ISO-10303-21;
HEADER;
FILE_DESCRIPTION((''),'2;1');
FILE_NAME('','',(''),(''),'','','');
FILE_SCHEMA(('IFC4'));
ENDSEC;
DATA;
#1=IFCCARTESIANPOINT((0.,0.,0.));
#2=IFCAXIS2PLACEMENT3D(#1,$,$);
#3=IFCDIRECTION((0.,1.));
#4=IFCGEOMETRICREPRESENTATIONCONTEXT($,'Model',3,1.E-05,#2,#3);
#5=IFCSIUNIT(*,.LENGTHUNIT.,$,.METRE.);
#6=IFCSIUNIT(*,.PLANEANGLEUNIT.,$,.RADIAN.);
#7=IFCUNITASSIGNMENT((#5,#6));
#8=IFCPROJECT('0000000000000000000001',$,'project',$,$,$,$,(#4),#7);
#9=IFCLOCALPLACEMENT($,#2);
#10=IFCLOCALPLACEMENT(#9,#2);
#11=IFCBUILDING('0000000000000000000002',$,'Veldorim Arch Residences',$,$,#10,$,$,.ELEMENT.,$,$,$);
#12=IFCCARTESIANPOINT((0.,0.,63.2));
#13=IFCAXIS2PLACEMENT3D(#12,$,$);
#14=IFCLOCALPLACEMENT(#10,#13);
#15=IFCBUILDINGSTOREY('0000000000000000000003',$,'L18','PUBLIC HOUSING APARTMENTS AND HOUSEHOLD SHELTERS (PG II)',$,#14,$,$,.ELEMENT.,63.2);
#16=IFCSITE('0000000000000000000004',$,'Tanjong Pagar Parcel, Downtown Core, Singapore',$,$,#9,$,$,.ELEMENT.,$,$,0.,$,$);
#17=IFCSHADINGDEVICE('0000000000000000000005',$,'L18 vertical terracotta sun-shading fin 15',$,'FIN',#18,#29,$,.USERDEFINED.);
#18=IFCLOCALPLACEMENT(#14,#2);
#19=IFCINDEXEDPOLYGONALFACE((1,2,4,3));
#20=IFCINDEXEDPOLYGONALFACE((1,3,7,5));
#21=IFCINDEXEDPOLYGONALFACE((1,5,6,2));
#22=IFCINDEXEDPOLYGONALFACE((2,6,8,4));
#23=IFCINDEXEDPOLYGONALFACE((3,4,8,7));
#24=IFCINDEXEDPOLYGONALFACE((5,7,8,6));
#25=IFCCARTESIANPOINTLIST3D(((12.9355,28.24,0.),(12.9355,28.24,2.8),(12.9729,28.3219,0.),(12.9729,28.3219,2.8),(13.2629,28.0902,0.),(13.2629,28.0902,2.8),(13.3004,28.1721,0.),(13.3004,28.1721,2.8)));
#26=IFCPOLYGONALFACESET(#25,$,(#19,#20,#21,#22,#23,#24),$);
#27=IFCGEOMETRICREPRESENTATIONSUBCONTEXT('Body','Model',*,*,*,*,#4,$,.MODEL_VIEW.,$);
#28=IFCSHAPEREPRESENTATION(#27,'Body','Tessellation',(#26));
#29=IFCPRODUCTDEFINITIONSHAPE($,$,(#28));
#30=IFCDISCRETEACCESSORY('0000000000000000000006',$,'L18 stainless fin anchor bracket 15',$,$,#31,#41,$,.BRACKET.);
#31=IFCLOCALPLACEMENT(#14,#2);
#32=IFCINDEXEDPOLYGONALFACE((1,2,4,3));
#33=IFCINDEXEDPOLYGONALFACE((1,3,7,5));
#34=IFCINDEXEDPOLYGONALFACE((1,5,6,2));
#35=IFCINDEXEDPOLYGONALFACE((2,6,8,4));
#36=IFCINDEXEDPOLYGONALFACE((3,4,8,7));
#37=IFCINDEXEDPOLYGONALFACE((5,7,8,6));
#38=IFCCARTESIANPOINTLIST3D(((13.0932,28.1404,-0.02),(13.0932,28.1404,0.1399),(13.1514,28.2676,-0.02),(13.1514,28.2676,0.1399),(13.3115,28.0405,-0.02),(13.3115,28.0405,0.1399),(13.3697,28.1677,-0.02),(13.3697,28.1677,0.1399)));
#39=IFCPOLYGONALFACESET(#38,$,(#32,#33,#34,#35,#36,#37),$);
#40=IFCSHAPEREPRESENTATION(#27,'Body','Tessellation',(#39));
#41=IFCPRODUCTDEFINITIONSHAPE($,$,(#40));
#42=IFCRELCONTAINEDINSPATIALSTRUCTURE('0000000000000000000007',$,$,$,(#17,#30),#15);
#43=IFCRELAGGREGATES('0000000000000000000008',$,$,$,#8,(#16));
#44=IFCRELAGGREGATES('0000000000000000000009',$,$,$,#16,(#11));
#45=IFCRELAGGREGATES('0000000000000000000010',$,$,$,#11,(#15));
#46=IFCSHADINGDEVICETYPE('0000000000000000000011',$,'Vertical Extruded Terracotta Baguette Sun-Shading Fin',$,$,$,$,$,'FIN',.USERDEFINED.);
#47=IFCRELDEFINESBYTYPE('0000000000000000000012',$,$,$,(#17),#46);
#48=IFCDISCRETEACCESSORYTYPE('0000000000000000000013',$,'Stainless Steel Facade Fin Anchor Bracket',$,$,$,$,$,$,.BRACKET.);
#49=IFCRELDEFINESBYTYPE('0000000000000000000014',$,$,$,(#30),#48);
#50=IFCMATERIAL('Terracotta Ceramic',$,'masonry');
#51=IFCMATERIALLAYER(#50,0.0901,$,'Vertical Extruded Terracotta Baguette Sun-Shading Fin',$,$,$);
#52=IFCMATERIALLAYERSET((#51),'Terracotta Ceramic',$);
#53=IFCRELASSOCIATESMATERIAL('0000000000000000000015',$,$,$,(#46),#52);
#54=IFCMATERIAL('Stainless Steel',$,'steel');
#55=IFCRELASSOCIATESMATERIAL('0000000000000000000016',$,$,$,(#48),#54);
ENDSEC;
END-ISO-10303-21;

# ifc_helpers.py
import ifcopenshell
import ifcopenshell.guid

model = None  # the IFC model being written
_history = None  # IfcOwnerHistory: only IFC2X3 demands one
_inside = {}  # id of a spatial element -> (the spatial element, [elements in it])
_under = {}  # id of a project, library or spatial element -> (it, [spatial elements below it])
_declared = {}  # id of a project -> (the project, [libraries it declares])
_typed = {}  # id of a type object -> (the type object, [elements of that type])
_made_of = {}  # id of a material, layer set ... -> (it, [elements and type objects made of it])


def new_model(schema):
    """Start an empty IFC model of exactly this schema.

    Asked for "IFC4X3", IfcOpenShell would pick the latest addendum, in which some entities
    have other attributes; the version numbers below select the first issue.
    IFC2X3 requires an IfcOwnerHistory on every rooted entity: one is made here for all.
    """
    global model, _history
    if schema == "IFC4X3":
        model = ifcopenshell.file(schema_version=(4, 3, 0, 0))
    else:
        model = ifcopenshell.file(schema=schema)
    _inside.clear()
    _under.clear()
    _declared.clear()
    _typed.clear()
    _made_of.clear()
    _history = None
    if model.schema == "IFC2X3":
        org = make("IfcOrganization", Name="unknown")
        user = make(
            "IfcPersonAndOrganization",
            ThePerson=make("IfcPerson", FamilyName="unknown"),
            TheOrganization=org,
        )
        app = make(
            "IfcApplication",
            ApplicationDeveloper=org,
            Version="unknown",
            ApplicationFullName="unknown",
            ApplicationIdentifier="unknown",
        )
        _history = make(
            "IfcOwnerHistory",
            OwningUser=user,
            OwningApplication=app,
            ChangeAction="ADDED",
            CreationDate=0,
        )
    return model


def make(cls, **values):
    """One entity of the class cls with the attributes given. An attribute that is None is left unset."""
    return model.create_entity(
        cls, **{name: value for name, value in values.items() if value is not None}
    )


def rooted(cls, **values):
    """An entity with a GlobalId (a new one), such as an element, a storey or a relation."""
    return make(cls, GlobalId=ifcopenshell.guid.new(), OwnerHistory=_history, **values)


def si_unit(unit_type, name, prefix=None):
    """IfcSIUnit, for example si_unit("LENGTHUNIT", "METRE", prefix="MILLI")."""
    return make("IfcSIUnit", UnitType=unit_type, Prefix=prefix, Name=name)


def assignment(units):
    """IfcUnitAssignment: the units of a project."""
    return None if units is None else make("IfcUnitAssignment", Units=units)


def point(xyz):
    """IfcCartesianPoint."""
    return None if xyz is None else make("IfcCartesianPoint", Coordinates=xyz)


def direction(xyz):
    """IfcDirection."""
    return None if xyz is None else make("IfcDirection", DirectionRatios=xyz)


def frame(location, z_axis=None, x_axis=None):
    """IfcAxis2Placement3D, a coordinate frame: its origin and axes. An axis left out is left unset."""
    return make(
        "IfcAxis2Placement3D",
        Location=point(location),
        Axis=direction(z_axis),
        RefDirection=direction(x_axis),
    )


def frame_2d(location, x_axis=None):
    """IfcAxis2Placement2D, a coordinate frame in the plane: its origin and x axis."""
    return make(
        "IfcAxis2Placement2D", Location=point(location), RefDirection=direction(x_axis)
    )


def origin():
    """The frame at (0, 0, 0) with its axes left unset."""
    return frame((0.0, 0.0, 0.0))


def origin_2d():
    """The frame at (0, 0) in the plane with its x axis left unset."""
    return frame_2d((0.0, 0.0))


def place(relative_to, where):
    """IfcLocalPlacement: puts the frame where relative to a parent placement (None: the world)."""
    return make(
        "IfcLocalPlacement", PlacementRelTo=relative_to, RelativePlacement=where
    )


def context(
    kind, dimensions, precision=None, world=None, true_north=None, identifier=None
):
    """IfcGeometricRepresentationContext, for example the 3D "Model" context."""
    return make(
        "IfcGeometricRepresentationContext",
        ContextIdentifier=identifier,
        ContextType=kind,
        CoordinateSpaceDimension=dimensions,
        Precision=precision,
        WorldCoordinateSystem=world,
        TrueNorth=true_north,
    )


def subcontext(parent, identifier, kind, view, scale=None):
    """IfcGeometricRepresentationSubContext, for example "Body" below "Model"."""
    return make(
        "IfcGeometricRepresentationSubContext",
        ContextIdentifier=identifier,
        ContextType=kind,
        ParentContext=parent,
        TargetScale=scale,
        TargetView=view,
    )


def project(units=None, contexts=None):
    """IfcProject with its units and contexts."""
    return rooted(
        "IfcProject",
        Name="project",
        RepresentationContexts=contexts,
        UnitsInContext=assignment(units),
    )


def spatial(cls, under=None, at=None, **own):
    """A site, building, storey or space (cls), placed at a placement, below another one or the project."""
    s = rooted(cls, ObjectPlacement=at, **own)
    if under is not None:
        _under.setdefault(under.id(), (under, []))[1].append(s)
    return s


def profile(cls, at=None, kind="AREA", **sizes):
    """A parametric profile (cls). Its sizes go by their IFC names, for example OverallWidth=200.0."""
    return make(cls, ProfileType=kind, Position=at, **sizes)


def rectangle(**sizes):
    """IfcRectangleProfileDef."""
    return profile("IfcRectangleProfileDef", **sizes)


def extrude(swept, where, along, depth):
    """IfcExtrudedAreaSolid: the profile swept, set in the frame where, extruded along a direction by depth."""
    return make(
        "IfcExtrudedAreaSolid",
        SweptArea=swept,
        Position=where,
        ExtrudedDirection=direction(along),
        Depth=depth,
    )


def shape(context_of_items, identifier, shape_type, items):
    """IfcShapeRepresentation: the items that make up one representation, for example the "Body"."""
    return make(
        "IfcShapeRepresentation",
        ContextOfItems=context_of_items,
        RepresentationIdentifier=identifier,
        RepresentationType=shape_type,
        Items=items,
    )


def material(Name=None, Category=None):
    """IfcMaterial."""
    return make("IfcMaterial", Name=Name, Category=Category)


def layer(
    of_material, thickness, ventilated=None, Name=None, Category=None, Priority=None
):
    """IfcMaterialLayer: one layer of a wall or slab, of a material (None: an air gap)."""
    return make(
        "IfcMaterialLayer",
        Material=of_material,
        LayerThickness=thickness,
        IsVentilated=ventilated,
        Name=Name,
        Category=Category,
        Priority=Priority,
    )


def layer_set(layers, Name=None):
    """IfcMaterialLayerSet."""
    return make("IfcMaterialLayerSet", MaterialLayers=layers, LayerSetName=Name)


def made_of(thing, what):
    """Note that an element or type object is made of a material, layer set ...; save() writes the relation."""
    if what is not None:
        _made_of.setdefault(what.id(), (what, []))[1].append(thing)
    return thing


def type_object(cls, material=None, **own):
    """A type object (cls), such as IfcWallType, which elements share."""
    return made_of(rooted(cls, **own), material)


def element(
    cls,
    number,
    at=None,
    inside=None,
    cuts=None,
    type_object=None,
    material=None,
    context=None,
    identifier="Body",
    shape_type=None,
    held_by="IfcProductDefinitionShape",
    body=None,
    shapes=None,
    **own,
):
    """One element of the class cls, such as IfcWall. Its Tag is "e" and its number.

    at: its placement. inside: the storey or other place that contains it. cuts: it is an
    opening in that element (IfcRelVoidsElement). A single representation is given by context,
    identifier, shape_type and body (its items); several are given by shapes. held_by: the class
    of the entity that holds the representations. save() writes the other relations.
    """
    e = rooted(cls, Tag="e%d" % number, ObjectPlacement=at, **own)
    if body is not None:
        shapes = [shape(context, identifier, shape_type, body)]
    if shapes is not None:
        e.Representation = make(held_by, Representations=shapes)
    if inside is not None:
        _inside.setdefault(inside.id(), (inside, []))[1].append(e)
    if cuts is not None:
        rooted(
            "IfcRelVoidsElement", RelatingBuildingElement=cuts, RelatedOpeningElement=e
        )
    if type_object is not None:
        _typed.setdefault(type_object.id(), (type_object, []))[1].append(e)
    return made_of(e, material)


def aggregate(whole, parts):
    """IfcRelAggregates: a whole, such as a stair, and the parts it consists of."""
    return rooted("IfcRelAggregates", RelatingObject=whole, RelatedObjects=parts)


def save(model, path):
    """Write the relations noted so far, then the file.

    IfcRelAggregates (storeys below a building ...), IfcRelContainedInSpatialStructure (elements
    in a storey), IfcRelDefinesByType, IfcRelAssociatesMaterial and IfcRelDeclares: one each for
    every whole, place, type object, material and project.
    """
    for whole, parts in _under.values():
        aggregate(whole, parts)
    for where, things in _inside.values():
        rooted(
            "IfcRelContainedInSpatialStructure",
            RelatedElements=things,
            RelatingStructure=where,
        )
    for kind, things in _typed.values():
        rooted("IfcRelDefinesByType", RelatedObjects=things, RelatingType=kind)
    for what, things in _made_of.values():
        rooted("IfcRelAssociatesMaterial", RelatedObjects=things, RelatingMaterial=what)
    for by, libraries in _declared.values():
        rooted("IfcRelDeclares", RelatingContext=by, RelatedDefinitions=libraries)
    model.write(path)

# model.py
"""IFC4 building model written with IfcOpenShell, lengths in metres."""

from ifc_helpers import new_model, si_unit, direction, frame, origin, origin_2d, place, context, subcontext, project, spatial, rectangle, extrude, material, layer, layer_set, type_object, element, save


model = new_model("IFC4")

# Units and contexts
model_context = context("Model", 3, precision=1e-05, world=origin(), true_north=direction((0.0, 1.0)))
body_context = subcontext(model_context, "Body", "Model", "MODEL_VIEW")
ifc_project = project(units=[si_unit("LENGTHUNIT", "METRE"), si_unit("PLANEANGLEUNIT", "RADIAN")], contexts=[model_context])

# Site, building, storey
site_placement = place(None, origin())
site = spatial("IfcSite", under=ifc_project, at=site_placement, Name="Tanjong Pagar Parcel, Downtown Core, Singapore", CompositionType="ELEMENT", RefElevation=0.0)
building_placement = place(site_placement, origin())
building = spatial("IfcBuilding", under=site, at=building_placement, Name="Veldorim Arch Residences", CompositionType="ELEMENT")
storey_placement = place(building_placement, frame((0.0, 0.0, 63.2)))
storey = spatial("IfcBuildingStorey", under=building, at=storey_placement, Name="L18", Description="PUBLIC HOUSING APARTMENTS AND HOUSEHOLD SHELTERS (PG II)", CompositionType="ELEMENT", Elevation=63.2)

# Shading device
ifc_material_1 = material(Name="Terracotta Ceramic", Category="masonry")
ifc_layer_1 = layer(ifc_material_1, 0.0901, Name="Vertical Extruded Terracotta Baguette Sun-Shading Fin")
ifc_layer_set_1 = layer_set([ifc_layer_1], Name="Terracotta Ceramic")
shading_device_type = type_object("IfcShadingDeviceType", Name="Vertical Extruded Terracotta Baguette Sun-Shading Fin", ElementType="FIN", PredefinedType="USERDEFINED", material=ifc_layer_set_1)
shading_device_placement = place(storey_placement, frame((13.1179, 28.2061, 0.0), z_axis=(0.0, 0.0, 1.0), x_axis=(0.416122, 0.909309, 0.0)))
element("IfcShadingDevice", 1, at=shading_device_placement, inside=storey, type_object=shading_device_type, Name="L18 vertical terracotta sun-shading fin 15", ObjectType="FIN", PredefinedType="USERDEFINED", context=body_context, shape_type="SweptSolid", body=[
    extrude(rectangle(XDim=0.0901, YDim=0.3601, at=origin_2d()), origin(), (0.0, 0.0, 1.0), 2.8),
])

# Discrete accessory
ifc_material_2 = material(Name="Stainless Steel", Category="steel")
discrete_accessory_type = type_object("IfcDiscreteAccessoryType", Name="Stainless Steel Facade Fin Anchor Bracket", PredefinedType="BRACKET", material=ifc_material_2)
discrete_accessory_placement = place(storey_placement, frame((13.2314, 28.1541, -0.02), z_axis=(0.0, 0.0, 1.0), x_axis=(0.416122, 0.909309, 0.0)))
element("IfcDiscreteAccessory", 2, at=discrete_accessory_placement, inside=storey, type_object=discrete_accessory_type, Name="L18 stainless fin anchor bracket 15", PredefinedType="BRACKET", context=body_context, shape_type="SweptSolid", body=[
    extrude(rectangle(XDim=0.1399, YDim=0.24, at=origin_2d()), origin(), (0.0, 0.0, 1.0), 0.1599),
])

save(model, "model.ifc")
